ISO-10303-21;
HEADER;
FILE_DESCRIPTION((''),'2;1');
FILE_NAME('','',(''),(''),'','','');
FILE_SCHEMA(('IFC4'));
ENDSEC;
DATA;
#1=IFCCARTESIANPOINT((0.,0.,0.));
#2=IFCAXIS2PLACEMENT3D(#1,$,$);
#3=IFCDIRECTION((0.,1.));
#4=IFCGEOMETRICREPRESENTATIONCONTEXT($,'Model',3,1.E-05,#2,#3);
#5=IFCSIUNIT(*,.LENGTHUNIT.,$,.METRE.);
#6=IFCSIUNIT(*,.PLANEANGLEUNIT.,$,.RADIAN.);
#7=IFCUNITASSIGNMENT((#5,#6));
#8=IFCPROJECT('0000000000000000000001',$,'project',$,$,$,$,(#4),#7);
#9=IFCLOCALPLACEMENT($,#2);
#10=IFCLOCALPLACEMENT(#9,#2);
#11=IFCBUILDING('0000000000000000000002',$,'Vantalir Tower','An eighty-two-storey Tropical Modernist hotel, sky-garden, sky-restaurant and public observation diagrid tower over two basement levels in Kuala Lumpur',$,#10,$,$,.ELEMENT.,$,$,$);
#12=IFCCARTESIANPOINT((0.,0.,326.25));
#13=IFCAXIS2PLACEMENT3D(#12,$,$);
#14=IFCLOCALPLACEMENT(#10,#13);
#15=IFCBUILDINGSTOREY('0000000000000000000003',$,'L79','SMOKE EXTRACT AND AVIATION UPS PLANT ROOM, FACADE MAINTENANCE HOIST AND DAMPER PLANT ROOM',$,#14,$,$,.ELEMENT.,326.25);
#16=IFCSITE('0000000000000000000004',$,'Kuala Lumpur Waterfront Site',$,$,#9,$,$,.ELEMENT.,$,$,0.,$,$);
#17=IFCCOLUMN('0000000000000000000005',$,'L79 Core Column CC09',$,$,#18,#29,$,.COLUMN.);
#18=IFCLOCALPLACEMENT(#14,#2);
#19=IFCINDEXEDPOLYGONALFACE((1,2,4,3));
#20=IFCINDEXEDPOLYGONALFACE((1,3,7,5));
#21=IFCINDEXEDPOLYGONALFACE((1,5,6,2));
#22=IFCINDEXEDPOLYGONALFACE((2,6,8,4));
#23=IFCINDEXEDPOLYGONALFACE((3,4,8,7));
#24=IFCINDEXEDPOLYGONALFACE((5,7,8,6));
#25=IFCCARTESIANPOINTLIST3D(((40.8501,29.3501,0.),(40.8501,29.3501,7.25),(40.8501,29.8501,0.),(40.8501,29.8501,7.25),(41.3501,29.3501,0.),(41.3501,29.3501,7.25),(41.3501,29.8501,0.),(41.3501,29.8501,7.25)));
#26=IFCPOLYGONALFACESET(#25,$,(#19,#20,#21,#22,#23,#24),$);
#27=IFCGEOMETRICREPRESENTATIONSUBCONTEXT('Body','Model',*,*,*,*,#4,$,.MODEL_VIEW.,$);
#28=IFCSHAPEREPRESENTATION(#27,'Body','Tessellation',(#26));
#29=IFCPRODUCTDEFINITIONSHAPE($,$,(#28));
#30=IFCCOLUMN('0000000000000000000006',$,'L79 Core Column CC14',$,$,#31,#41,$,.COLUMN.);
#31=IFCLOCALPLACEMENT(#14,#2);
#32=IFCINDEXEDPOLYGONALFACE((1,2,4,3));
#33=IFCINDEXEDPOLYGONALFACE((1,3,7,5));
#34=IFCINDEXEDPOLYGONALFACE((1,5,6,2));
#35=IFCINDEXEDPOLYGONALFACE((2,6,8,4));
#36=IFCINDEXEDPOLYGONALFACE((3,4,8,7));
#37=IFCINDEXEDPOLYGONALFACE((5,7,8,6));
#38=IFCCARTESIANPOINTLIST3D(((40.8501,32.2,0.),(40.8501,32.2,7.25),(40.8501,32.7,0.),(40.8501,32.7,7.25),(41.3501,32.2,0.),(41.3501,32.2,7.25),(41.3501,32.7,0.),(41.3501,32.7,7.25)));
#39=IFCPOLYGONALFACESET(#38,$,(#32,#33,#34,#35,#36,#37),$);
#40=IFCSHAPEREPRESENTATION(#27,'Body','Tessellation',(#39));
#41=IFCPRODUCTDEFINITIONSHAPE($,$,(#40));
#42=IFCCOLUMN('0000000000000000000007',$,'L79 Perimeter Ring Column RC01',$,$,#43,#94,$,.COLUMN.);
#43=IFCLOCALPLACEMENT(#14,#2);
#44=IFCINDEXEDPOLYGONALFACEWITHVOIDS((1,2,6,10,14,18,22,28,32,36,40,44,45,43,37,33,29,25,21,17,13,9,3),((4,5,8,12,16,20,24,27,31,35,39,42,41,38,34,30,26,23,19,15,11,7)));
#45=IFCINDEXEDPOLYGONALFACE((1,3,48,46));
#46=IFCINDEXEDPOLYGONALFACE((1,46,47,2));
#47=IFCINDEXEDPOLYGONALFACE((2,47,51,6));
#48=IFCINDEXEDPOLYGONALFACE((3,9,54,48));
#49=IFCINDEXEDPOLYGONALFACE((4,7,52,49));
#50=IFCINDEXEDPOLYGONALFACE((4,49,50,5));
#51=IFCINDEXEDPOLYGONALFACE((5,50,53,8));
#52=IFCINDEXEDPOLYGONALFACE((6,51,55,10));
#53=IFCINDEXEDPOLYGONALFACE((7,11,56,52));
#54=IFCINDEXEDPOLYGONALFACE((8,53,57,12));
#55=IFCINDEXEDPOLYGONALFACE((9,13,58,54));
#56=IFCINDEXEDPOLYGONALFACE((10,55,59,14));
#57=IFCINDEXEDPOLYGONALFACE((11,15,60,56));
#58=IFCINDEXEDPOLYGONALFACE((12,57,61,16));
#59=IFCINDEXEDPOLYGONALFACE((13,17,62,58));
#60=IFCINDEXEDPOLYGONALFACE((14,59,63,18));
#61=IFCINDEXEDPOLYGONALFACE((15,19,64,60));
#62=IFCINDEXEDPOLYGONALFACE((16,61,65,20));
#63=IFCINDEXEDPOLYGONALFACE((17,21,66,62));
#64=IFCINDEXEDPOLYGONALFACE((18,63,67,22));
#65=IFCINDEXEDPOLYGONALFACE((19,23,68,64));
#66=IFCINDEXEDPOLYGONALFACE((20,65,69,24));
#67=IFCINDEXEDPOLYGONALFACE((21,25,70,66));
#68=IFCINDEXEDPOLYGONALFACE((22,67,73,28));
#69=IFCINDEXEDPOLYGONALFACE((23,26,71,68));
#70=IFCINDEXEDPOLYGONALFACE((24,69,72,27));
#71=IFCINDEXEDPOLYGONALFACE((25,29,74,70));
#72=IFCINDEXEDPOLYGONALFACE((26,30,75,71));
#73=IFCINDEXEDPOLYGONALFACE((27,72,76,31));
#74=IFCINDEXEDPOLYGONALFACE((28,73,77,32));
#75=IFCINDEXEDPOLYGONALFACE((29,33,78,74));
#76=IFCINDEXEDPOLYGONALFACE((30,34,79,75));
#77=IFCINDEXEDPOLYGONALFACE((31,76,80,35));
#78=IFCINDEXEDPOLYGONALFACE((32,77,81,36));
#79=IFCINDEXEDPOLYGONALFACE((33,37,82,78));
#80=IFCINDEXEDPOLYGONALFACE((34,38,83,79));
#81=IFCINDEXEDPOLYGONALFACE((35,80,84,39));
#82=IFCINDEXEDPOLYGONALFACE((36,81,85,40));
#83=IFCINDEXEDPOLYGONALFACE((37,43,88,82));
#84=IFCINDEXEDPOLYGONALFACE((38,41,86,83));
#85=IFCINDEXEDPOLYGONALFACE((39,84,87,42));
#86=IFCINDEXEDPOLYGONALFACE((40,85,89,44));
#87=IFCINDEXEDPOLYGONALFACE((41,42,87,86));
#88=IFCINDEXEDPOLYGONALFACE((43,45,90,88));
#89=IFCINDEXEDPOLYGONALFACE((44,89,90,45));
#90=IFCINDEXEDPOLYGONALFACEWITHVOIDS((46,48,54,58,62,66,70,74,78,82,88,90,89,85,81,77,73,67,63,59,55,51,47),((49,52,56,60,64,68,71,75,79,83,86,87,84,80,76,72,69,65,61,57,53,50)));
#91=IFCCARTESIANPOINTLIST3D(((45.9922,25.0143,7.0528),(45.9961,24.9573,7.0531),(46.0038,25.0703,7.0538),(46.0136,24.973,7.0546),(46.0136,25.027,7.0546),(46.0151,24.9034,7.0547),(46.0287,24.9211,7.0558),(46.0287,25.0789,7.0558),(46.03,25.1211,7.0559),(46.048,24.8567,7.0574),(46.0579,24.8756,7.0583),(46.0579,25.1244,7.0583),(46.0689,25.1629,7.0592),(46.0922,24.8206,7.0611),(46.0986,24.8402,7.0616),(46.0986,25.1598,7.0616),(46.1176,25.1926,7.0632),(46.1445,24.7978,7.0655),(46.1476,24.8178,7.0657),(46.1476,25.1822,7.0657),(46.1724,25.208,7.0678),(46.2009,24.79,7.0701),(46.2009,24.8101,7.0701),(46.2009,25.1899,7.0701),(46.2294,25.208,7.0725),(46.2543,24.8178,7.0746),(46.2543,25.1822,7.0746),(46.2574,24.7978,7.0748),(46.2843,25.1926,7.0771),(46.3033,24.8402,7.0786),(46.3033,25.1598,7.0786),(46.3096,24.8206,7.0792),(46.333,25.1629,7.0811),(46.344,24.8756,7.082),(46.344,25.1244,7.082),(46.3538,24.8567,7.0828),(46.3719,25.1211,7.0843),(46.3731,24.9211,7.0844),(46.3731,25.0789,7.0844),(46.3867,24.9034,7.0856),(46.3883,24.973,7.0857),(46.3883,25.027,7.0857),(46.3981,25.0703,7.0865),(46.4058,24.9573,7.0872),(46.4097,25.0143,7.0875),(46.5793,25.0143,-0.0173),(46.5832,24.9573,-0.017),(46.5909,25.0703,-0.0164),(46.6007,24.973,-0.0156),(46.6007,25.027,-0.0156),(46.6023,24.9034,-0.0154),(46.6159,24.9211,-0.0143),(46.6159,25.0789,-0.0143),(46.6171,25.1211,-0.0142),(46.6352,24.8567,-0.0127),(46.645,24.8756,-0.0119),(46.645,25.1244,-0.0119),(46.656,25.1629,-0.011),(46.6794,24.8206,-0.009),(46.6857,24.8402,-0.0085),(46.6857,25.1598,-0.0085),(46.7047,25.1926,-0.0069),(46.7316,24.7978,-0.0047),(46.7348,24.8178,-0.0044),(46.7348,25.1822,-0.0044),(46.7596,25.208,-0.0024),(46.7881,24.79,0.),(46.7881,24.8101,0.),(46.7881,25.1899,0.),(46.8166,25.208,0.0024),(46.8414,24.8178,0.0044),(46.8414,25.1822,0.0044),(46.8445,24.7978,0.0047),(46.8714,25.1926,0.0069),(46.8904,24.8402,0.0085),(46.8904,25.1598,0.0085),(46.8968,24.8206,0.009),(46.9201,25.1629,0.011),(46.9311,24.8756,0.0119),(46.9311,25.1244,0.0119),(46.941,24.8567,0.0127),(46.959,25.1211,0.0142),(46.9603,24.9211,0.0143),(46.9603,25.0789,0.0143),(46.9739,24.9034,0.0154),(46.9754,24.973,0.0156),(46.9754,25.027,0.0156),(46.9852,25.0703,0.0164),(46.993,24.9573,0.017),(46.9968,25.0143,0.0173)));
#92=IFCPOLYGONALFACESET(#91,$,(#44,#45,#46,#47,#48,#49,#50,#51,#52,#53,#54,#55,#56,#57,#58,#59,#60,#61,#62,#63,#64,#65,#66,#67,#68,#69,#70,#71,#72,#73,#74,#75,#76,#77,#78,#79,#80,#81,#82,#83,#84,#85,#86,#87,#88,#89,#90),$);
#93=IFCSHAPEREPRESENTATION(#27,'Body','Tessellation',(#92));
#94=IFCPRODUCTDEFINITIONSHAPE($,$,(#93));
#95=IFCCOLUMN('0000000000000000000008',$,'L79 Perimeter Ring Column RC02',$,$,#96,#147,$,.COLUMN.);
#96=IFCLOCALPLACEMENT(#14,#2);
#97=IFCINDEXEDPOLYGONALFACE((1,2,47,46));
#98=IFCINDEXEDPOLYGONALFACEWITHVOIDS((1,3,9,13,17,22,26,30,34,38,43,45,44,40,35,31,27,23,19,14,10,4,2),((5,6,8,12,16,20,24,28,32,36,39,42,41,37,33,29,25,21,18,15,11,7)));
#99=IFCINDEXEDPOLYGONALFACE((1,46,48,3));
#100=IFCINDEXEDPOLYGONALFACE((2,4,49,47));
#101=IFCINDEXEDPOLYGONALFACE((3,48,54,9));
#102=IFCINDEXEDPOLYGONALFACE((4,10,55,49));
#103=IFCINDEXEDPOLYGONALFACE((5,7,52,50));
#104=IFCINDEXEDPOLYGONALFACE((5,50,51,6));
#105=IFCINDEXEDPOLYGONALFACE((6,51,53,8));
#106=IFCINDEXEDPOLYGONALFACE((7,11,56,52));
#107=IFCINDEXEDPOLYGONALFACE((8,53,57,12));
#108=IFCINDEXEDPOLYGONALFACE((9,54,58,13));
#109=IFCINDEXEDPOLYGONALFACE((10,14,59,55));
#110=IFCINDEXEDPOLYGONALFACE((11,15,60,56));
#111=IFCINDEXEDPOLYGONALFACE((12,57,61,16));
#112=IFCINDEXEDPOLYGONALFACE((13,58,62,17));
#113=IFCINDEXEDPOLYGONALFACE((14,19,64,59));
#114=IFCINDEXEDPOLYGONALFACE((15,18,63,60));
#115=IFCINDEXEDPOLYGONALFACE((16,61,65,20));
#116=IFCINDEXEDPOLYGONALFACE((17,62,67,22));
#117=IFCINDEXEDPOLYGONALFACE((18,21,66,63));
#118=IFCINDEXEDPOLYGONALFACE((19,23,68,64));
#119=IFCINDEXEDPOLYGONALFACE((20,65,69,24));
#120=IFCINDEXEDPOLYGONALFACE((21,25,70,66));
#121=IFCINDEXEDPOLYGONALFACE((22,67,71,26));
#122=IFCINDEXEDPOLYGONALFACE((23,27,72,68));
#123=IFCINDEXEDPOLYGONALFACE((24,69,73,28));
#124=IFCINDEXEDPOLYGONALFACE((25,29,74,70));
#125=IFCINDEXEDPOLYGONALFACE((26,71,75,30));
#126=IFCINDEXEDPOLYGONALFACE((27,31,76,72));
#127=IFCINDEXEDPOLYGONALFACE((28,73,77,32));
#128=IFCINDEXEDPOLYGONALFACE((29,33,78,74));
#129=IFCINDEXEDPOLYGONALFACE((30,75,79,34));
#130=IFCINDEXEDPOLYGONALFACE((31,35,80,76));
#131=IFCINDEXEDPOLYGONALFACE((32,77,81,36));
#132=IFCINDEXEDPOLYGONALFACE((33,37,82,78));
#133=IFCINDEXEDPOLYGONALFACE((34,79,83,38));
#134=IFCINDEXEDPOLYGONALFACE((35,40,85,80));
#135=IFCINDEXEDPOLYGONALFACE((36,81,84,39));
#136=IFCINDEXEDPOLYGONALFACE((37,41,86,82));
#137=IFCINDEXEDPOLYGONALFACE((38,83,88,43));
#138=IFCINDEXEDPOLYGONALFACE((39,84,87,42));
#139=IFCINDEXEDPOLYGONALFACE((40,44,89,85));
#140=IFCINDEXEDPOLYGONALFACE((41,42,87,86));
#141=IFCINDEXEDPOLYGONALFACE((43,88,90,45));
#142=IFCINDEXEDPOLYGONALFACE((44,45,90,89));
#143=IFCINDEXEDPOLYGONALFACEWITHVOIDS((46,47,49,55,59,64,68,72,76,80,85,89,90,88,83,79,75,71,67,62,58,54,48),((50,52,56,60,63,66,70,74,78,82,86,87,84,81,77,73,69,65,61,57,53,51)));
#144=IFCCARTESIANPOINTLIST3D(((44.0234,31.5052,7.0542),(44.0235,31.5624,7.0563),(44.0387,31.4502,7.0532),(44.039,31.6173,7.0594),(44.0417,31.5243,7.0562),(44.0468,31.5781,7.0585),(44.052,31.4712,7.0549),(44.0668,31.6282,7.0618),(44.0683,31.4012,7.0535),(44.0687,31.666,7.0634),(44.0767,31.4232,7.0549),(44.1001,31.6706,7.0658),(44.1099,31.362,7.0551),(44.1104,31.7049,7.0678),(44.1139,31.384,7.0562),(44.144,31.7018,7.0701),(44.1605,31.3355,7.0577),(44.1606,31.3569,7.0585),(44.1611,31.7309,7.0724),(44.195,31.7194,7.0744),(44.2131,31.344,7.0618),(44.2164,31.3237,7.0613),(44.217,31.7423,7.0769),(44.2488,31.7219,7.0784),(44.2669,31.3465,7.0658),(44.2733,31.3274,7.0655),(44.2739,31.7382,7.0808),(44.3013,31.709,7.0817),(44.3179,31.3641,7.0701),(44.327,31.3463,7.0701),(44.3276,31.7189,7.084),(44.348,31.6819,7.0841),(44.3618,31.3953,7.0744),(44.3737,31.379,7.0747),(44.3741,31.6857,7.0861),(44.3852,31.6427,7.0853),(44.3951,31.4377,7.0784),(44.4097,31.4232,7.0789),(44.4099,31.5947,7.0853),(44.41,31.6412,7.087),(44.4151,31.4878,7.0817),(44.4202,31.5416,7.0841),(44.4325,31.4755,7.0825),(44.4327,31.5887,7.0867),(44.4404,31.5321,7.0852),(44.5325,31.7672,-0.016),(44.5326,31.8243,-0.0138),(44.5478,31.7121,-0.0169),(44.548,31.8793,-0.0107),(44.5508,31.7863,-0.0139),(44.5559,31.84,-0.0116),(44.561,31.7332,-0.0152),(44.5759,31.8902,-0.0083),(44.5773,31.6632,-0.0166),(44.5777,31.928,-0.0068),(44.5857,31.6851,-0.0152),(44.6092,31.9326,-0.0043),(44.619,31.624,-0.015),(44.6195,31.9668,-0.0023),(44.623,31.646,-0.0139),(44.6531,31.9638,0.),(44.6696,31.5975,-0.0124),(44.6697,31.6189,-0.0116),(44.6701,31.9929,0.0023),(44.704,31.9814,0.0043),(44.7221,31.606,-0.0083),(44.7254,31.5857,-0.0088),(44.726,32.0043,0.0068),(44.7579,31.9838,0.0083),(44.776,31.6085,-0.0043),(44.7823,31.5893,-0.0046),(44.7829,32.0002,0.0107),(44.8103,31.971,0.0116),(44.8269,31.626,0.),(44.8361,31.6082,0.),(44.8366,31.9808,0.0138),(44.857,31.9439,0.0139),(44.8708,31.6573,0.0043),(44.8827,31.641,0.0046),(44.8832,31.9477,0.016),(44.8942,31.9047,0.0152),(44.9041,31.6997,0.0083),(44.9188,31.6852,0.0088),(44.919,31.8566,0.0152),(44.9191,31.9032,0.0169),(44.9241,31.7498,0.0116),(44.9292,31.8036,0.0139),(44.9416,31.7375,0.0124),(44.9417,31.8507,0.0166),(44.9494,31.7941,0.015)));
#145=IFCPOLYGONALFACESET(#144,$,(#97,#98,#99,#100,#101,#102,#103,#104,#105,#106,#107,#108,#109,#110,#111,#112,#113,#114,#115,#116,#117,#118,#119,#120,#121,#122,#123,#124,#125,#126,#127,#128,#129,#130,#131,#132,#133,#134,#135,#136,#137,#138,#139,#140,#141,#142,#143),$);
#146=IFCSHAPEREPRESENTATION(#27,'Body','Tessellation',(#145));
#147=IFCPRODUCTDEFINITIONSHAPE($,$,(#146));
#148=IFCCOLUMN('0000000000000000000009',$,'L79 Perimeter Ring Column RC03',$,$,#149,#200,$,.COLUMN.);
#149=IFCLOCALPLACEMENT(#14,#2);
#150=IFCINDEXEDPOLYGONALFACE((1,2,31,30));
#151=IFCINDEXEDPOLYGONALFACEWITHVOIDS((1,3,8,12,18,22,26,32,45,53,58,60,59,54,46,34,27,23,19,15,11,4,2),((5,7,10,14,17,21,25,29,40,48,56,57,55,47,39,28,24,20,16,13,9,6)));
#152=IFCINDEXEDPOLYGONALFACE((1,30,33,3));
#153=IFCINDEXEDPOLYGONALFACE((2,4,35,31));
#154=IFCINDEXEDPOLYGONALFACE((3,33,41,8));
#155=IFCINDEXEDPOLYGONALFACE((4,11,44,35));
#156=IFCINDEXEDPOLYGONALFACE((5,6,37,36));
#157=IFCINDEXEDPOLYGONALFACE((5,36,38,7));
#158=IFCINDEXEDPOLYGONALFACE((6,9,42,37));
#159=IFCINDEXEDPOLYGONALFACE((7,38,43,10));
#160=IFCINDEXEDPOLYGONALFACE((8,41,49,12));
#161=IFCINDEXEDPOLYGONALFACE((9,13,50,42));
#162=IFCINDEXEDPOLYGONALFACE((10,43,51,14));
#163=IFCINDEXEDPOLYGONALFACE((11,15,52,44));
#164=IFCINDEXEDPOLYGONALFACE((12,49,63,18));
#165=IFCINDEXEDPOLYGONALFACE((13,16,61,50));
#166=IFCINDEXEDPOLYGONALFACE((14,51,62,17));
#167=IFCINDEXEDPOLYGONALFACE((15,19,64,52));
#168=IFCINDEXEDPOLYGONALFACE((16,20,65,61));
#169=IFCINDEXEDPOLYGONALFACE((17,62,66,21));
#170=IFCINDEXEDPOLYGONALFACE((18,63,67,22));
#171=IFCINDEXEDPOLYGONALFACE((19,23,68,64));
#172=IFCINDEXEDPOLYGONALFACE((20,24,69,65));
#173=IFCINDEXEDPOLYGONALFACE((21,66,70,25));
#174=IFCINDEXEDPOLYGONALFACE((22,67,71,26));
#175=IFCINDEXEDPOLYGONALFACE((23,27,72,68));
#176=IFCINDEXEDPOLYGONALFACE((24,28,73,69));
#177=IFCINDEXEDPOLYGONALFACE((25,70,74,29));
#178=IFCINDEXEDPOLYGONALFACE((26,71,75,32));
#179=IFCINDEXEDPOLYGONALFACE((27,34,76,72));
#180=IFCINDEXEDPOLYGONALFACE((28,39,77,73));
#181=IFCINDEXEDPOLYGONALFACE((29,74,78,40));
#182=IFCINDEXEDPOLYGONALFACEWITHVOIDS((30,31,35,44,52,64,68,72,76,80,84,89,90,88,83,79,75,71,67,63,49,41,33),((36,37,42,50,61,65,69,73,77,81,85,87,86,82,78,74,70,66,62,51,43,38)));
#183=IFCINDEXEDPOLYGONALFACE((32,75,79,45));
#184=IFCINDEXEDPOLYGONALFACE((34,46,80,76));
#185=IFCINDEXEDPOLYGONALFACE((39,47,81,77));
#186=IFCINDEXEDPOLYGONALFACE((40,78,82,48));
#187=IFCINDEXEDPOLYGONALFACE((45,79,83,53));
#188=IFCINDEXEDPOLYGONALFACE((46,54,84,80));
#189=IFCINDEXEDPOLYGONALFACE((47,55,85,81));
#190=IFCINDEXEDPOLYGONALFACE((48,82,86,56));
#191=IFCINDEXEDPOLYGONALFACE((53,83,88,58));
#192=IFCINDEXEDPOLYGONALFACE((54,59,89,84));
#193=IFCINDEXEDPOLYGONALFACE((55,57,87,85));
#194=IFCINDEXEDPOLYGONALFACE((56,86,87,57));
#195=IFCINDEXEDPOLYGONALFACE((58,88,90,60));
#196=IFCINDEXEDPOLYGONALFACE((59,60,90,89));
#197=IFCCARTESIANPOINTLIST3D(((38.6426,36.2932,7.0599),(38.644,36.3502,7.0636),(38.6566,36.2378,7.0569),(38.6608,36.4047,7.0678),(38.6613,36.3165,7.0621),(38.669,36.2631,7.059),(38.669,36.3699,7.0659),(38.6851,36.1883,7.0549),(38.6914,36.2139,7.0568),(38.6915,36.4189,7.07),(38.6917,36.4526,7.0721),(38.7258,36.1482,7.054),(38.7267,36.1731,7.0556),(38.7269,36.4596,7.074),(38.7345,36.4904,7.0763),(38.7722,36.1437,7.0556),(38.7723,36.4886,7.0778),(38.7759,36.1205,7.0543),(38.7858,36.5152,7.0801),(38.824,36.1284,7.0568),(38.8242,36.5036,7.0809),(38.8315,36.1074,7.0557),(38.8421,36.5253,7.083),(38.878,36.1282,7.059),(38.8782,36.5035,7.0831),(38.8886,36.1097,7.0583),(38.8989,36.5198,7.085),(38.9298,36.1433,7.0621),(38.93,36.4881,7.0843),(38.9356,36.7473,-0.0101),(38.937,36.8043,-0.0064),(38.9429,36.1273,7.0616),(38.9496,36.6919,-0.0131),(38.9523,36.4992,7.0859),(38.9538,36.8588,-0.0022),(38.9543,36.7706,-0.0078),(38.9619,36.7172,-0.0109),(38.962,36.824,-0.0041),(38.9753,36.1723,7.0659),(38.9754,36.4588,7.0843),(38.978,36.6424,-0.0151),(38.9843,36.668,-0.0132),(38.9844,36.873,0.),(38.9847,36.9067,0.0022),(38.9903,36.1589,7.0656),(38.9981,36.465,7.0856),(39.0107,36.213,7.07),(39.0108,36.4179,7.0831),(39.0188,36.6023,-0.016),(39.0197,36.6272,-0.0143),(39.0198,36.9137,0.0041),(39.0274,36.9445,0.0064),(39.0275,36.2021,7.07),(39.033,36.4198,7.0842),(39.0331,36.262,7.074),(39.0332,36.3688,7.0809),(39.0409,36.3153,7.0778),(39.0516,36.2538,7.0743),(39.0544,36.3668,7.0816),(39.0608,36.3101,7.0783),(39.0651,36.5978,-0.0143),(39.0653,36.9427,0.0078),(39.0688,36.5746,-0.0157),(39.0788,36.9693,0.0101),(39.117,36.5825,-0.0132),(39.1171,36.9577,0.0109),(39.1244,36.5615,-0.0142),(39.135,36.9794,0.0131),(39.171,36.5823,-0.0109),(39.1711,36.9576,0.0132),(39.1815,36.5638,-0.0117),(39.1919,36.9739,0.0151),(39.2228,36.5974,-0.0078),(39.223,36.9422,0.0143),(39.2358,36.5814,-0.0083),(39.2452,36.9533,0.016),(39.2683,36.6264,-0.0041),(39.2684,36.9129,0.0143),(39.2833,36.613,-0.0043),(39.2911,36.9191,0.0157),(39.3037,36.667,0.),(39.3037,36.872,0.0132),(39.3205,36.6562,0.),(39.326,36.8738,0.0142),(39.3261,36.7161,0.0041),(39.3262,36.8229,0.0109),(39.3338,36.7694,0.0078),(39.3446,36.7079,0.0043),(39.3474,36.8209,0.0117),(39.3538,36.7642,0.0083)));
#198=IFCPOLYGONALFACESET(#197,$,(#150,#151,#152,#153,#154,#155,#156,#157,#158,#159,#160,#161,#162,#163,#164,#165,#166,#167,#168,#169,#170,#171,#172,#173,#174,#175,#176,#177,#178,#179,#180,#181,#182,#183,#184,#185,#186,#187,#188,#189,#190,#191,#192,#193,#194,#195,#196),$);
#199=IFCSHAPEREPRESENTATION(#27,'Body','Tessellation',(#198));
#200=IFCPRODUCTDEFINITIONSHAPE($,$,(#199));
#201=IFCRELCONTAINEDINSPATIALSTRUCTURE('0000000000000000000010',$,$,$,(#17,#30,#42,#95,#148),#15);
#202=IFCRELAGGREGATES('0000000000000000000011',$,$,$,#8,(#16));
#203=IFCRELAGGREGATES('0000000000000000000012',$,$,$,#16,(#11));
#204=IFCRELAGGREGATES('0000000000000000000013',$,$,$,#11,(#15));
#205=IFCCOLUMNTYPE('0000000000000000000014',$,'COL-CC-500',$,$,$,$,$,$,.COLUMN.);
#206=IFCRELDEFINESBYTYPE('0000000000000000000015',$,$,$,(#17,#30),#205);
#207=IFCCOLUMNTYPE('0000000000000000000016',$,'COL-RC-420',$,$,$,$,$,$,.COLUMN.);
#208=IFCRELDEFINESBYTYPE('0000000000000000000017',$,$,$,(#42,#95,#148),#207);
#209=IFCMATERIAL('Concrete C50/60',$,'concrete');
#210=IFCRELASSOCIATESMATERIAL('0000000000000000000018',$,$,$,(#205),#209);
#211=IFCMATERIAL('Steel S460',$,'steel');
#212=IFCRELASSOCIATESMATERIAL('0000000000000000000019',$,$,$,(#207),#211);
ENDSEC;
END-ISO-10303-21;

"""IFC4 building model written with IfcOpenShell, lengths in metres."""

from ifc_helpers import new_model, si_unit, direction, frame, origin, origin_2d, place, context, subcontext, project, spatial, rectangle, hollow_circle, extrude, material, material_profile, profile_set, type_object, element, save


model = new_model("IFC4")

# Units and contexts
model_context = context("Model", 3, precision=1e-05, world=origin(), true_north=direction((0.0, 1.0)))
body_context = subcontext(model_context, "Body", "Model", "MODEL_VIEW")
ifc_project = project(units=[si_unit("LENGTHUNIT", "METRE"), si_unit("PLANEANGLEUNIT", "RADIAN")], contexts=[model_context])

# Site, building, storey
site_placement = place(None, origin())
site = spatial("IfcSite", under=ifc_project, at=site_placement, Name="Kuala Lumpur Waterfront Site", CompositionType="ELEMENT", RefElevation=0.0)
building_placement = place(site_placement, origin())
building = spatial("IfcBuilding", under=site, at=building_placement, Name="Vantalir Tower", Description="An eighty-two-storey Tropical Modernist hotel, sky-garden, sky-restaurant and public observation diagrid tower over two basement levels in Kuala Lumpur", CompositionType="ELEMENT")
storey_placement = place(building_placement, frame((0.0, 0.0, 326.25)))
storey = spatial("IfcBuildingStorey", under=building, at=storey_placement, Name="L79", Description="SMOKE EXTRACT AND AVIATION UPS PLANT ROOM, FACADE MAINTENANCE HOIST AND DAMPER PLANT ROOM", CompositionType="ELEMENT", Elevation=326.25)

# Columns
ifc_material_1 = material(Name="Concrete C50/60", Category="concrete")
ifc_material_profile_1 = material_profile(ifc_material_1, rectangle(XDim=0.5, YDim=0.5, at=origin_2d()), Name="Concrete C50/60")
ifc_profile_set_1 = profile_set([ifc_material_profile_1], Name="Concrete C50/60")
column_type_1 = type_object("IfcColumnType", Name="COL-CC-500", PredefinedType="COLUMN", material=ifc_profile_set_1)
for number, where, z_axis, x_axis, name in (
    (1, (41.1001, 29.6001, 0.0), (0.0, 0.0, 1.0), (1.0, 0.0, 0.0), "L79 Core Column CC09"),
    (2, (41.1001, 32.45, 0.0), (0.0, 0.0, 1.0), (1.0, 0.0, 0.0), "L79 Core Column CC14"),
):
    element("IfcColumn", number, at=place(storey_placement, frame(where, z_axis=z_axis, x_axis=x_axis)), inside=storey, type_object=column_type_1, Name=name, PredefinedType="COLUMN", context=body_context, shape_type="SweptSolid", body=[
        extrude(rectangle(XDim=0.5, YDim=0.5, at=origin_2d()), origin(), (0.0, 0.0, 1.0), 7.25),
    ])
ifc_material_2 = material(Name="Steel S460", Category="steel")
ifc_material_profile_2 = material_profile(ifc_material_2, hollow_circle(Radius=0.21, WallThickness=0.02, at=origin_2d()), Name="Steel S460")
ifc_profile_set_2 = profile_set([ifc_material_profile_2], Name="Steel S460")
column_type_2 = type_object("IfcColumnType", Name="COL-RC-420", PredefinedType="COLUMN", material=ifc_profile_set_2)
column_1_placement = place(storey_placement, frame((46.7881, 25.0, 0.0), z_axis=(-0.082764, 0.0, 0.996569), x_axis=(0.0, -1.0, 0.0)))
element("IfcColumn", 3, at=column_1_placement, inside=storey, type_object=column_type_2, Name="L79 Perimeter Ring Column RC01", PredefinedType="COLUMN", context=body_context, shape_type="SweptSolid", body=[
    extrude(hollow_circle(Radius=0.21, WallThickness=0.02, at=origin_2d()), origin(), (0.0, 0.0, 1.0), 7.0945),
])
column_2_placement = place(storey_placement, frame((44.74, 31.7949, 0.0), z_axis=(-0.071763, -0.036932, 0.996738), x_axis=(0.457589, -0.889164, 0.0)))
element("IfcColumn", 4, at=column_2_placement, inside=storey, type_object=column_type_2, Name="L79 Perimeter Ring Column RC02", PredefinedType="COLUMN", context=body_context, shape_type="SweptSolid", body=[
    extrude(hollow_circle(Radius=0.21, WallThickness=0.02, at=origin_2d()), origin(), (0.0, 0.0, 1.0), 7.0933),
])
column_3_placement = place(storey_placement, frame((39.144, 36.77, 0.0), z_axis=(-0.041317, -0.064042, 0.997092), x_axis=(0.840297, -0.542127, 0.0)))
element("IfcColumn", 5, at=column_3_placement, inside=storey, type_object=column_type_2, Name="L79 Perimeter Ring Column RC03", PredefinedType="COLUMN", context=body_context, shape_type="SweptSolid", body=[
    extrude(hollow_circle(Radius=0.21, WallThickness=0.02, at=origin_2d()), origin(), (0.0, 0.0, 1.0), 7.0906),
])

save(model, "model.ifc")
